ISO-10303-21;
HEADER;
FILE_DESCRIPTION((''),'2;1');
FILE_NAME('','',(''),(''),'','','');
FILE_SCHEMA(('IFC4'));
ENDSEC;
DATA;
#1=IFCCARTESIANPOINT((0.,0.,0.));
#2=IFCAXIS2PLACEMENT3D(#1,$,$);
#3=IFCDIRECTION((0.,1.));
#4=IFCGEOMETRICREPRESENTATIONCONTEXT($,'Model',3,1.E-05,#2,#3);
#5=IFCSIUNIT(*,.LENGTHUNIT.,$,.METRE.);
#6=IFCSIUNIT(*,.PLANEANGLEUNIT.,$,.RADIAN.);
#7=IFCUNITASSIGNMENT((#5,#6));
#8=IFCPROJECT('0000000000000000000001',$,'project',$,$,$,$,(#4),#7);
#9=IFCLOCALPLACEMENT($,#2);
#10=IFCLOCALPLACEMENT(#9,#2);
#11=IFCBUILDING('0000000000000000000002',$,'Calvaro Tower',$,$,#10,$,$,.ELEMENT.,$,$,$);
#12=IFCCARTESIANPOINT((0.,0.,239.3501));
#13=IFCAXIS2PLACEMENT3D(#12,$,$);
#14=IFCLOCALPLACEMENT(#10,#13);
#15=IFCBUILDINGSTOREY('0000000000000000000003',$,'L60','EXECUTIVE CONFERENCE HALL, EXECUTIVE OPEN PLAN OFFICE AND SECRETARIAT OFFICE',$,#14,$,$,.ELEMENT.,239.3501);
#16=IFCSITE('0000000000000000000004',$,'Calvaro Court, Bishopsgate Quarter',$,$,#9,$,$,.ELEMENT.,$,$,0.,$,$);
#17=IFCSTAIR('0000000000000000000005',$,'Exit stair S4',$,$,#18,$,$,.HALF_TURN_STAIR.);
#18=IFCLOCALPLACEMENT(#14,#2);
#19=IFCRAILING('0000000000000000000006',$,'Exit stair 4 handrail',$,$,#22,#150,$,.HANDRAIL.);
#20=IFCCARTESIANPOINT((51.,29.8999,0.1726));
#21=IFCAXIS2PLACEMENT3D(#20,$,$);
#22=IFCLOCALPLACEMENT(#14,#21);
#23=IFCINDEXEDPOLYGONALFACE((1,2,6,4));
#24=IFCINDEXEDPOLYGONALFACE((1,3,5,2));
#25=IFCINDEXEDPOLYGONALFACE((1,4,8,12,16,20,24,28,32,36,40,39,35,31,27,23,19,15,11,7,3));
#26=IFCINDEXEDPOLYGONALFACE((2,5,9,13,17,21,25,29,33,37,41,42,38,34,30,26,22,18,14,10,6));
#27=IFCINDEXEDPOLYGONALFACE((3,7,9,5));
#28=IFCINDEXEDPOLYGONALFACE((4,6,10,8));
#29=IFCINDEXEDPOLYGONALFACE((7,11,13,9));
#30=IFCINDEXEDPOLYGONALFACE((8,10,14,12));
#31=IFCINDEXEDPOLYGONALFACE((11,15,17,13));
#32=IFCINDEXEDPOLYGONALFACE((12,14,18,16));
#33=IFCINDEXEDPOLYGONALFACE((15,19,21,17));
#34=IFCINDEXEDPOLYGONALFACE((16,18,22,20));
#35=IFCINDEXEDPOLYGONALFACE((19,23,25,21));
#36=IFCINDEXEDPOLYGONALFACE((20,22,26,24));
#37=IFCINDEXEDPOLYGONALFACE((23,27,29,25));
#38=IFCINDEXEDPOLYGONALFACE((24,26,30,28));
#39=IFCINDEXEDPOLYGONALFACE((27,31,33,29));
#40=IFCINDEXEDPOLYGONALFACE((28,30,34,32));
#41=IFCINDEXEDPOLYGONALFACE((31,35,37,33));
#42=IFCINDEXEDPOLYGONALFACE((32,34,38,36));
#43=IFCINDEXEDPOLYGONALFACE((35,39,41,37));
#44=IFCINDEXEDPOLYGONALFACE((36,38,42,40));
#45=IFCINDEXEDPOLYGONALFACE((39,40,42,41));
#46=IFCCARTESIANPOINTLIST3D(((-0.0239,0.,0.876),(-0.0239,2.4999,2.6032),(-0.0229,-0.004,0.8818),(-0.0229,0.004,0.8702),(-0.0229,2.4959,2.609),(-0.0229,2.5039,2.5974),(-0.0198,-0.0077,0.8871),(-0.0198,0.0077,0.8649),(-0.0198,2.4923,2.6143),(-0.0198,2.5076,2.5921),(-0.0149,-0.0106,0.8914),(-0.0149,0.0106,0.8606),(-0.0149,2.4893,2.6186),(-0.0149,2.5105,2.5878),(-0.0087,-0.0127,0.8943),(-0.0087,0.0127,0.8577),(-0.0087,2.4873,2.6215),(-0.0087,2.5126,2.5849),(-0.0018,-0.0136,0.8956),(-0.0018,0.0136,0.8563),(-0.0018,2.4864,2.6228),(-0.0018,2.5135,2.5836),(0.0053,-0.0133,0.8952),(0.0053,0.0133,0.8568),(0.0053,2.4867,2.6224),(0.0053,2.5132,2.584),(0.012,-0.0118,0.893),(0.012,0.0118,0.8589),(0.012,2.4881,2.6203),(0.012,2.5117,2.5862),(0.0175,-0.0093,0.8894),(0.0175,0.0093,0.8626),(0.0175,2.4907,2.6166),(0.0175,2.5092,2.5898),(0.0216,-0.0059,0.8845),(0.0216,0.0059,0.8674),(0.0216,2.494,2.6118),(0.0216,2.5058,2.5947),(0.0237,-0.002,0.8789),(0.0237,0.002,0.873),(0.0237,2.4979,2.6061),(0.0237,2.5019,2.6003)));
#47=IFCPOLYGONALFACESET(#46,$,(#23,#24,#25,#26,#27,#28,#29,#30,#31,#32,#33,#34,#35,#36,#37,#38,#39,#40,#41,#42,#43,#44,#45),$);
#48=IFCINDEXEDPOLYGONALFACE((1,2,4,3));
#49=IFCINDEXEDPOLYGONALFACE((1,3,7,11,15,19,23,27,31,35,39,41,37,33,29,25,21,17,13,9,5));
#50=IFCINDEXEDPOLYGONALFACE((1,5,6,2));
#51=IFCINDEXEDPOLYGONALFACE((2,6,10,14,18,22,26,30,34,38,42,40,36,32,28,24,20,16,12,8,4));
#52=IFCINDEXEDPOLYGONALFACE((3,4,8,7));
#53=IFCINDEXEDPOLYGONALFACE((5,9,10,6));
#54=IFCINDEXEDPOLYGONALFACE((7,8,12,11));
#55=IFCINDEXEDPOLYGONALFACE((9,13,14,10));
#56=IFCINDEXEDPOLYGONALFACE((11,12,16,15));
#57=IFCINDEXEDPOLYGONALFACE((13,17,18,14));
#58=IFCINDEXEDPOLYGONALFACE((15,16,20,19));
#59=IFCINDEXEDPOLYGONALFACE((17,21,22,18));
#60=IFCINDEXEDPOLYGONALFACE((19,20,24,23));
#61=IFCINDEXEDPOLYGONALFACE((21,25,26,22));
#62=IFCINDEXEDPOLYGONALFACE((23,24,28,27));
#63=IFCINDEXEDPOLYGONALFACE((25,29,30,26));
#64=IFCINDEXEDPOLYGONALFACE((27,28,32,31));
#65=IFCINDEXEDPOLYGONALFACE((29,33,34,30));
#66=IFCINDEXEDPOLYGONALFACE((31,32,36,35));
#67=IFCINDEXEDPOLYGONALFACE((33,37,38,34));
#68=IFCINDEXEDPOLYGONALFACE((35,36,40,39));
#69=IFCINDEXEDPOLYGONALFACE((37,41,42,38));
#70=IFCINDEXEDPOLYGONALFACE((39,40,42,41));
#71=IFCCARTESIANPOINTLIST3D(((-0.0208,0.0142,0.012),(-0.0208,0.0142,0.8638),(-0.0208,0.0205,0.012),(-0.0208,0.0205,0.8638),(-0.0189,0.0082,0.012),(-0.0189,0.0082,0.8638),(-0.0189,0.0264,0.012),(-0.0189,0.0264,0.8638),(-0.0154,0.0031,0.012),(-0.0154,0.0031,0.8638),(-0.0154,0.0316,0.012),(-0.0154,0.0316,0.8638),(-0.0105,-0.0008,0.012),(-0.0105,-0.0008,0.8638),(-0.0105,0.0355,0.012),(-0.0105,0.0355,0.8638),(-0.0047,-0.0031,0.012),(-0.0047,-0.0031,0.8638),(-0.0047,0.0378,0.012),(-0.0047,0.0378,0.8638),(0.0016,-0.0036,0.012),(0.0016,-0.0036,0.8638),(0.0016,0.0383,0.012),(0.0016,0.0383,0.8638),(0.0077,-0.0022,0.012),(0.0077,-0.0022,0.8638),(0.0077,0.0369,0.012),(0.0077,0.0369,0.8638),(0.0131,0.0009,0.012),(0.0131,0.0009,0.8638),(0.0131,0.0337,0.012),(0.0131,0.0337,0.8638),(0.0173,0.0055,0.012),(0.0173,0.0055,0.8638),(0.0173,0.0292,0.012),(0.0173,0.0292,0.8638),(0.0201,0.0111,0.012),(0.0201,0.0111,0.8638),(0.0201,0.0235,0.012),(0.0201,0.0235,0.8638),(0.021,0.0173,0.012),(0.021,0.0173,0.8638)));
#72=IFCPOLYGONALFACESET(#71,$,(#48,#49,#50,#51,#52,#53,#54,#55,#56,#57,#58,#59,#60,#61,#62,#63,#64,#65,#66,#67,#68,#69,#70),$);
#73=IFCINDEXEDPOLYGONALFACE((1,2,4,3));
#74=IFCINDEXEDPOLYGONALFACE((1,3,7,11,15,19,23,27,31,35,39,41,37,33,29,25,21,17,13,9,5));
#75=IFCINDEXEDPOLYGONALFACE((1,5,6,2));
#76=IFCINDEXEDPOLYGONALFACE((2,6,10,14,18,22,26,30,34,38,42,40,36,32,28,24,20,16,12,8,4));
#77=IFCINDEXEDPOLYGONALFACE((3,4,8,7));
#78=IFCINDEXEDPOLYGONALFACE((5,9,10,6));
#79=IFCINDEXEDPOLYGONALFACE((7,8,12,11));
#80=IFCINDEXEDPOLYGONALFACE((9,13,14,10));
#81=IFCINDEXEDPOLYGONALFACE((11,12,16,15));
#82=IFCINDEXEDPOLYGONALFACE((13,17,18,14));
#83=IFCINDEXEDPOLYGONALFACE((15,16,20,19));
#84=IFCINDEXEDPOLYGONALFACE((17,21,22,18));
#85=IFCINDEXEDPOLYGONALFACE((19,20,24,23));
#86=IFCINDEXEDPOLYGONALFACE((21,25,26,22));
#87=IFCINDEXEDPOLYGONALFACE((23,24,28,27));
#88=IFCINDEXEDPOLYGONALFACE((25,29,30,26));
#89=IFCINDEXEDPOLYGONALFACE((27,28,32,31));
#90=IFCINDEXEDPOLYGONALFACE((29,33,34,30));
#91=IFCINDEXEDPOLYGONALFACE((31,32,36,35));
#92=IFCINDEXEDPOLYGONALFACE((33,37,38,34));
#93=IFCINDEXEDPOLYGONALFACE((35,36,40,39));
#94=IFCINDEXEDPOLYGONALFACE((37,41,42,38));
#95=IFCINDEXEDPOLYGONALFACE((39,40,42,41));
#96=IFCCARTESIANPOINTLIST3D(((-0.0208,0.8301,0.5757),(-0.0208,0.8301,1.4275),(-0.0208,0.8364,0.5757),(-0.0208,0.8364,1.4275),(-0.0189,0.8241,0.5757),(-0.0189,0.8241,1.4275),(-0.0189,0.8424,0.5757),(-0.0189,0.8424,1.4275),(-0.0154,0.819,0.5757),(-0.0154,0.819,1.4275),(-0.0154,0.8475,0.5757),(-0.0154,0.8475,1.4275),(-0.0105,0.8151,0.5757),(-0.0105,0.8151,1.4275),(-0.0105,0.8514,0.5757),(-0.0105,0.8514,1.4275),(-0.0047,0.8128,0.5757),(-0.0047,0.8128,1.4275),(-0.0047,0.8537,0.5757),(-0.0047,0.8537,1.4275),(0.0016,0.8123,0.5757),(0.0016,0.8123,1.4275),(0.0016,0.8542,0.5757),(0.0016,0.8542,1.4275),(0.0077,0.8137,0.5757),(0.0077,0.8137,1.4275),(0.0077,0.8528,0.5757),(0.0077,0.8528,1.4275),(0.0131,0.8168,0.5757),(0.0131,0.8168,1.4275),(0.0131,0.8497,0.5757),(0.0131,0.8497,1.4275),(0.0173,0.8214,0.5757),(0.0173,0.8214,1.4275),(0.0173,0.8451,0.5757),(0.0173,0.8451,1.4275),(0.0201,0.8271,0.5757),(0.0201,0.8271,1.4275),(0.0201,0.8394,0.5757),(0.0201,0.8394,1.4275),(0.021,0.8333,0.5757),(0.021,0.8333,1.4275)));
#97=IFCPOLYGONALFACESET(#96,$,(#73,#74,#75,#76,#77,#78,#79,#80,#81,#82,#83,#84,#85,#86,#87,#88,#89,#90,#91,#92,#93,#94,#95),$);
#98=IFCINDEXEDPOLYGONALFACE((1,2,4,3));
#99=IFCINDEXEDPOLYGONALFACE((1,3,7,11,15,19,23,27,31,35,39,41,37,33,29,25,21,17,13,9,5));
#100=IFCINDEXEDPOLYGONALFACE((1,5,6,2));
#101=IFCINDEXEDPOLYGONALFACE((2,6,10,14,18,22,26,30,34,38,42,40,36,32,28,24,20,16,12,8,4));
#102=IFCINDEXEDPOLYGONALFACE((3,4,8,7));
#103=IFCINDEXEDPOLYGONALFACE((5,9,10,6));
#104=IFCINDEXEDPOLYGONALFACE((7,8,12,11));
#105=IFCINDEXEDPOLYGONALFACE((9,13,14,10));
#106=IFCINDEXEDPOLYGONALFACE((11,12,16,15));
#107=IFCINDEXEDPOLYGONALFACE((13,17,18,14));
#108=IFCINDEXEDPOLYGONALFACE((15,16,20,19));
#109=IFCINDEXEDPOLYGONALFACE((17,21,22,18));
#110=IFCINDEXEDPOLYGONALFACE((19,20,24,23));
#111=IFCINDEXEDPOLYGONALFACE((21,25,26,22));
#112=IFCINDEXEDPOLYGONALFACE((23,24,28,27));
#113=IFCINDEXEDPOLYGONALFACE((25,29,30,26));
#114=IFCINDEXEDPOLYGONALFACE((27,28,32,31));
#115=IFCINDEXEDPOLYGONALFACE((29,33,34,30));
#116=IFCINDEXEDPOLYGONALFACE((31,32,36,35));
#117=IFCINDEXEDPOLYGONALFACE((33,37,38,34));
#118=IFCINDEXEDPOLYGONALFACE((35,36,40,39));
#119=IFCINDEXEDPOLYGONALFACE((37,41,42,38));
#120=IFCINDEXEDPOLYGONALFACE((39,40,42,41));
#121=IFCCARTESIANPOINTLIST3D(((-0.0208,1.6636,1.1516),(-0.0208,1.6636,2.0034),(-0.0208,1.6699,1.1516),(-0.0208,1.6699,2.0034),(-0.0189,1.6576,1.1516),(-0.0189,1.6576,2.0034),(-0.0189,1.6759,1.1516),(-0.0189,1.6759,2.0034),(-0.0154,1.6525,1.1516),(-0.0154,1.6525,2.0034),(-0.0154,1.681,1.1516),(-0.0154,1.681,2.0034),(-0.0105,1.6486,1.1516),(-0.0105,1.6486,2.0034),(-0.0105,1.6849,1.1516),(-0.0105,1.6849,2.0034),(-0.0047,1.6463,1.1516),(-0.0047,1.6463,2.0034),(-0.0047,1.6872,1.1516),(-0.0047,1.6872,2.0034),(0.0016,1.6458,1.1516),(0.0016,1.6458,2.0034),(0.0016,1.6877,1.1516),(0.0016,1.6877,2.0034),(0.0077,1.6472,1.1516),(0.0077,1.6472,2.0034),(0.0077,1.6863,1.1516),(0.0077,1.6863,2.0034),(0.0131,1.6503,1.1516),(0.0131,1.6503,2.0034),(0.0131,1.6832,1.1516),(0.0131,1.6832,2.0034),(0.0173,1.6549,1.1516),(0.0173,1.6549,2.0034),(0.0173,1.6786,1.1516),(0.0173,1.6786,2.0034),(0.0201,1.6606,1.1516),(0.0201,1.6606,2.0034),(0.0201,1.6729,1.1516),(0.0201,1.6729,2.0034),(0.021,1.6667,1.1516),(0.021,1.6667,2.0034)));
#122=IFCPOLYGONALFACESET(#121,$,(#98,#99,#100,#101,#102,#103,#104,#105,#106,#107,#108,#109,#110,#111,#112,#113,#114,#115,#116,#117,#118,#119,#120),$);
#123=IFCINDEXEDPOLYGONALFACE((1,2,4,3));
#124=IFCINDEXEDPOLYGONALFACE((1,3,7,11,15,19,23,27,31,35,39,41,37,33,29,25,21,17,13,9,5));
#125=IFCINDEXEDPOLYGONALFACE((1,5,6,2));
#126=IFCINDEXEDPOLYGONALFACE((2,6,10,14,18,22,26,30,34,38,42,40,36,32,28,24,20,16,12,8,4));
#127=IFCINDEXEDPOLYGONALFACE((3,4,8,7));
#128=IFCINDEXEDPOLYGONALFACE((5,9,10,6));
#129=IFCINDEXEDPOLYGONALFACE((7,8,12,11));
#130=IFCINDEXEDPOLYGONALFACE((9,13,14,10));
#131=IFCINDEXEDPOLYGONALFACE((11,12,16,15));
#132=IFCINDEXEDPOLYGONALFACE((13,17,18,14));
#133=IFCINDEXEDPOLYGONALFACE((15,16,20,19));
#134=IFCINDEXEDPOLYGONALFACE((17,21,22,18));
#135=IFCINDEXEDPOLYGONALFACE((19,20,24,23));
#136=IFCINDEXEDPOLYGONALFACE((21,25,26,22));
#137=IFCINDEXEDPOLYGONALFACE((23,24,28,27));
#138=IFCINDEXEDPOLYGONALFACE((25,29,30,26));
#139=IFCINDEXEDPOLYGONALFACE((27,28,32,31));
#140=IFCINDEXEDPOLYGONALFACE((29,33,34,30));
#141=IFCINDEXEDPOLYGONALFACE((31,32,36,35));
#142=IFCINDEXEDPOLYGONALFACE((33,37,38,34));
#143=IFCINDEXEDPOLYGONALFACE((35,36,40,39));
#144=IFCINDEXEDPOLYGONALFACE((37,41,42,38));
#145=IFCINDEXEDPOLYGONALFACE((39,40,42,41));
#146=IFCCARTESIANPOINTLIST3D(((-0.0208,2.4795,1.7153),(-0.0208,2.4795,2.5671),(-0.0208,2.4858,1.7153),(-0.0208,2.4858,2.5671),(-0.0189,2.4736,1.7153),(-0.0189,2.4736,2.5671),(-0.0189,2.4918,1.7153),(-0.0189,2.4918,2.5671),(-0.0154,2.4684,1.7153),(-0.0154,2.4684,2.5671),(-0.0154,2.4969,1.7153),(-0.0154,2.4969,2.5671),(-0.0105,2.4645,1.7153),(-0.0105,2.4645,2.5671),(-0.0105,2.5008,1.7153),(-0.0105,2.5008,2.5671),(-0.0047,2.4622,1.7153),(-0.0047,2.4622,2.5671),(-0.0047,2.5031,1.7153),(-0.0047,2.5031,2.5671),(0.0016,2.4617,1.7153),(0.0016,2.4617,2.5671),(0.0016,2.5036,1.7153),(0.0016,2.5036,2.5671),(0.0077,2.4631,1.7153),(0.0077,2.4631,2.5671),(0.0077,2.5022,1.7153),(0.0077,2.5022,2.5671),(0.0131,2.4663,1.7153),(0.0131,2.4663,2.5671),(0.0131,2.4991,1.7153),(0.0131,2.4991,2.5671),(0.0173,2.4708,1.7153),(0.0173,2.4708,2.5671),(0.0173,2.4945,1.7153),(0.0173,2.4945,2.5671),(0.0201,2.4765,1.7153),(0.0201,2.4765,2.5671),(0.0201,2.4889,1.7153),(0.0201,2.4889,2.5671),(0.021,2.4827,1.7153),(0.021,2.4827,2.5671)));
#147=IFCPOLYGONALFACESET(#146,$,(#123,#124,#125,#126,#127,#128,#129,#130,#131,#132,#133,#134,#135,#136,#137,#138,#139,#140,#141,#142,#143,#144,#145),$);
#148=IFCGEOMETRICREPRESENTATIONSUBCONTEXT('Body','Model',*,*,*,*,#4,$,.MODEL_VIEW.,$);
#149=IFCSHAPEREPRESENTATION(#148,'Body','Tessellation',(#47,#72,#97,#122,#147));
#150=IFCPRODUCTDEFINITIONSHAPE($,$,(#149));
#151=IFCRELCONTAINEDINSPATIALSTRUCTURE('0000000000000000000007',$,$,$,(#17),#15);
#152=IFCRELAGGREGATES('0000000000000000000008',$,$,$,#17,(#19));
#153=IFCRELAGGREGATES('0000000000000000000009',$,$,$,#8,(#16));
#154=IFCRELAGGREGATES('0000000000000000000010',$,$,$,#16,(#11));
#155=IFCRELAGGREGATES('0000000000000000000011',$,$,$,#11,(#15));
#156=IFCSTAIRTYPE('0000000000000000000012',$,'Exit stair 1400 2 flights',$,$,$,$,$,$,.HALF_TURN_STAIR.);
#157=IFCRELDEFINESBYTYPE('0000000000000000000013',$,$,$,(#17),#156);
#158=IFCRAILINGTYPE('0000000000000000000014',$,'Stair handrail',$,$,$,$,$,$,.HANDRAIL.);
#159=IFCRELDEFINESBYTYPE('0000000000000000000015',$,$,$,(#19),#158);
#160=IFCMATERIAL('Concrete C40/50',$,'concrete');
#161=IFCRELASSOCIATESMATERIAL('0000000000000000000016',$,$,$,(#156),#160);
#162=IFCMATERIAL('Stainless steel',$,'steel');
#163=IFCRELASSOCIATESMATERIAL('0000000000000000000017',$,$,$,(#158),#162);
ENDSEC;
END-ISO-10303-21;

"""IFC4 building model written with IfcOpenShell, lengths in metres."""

from ifc_helpers import new_model, si_unit, direction, frame, origin, origin_2d, place, context, subcontext, project, spatial, circle, extrude, material, type_object, element, aggregate, save


model = new_model("IFC4")

# Units and contexts
model_context = context("Model", 3, precision=1e-05, world=origin(), true_north=direction((0.0, 1.0)))
body_context = subcontext(model_context, "Body", "Model", "MODEL_VIEW")
ifc_project = project(units=[si_unit("LENGTHUNIT", "METRE"), si_unit("PLANEANGLEUNIT", "RADIAN")], contexts=[model_context])

# Site, building, storey
site_placement = place(None, origin())
site = spatial("IfcSite", under=ifc_project, at=site_placement, Name="Calvaro Court, Bishopsgate Quarter", CompositionType="ELEMENT", RefElevation=0.0)
building_placement = place(site_placement, origin())
building = spatial("IfcBuilding", under=site, at=building_placement, Name="Calvaro Tower", CompositionType="ELEMENT")
storey_placement = place(building_placement, frame((0.0, 0.0, 239.3501)))
storey = spatial("IfcBuildingStorey", under=building, at=storey_placement, Name="L60", Description="EXECUTIVE CONFERENCE HALL, EXECUTIVE OPEN PLAN OFFICE AND SECRETARIAT OFFICE", CompositionType="ELEMENT", Elevation=239.3501)

# Shared definitions
ifc_material_1 = material(Name="Concrete C40/50", Category="concrete")
stair_type = type_object("IfcStairType", Name="Exit stair 1400 2 flights", PredefinedType="HALF_TURN_STAIR", material=ifc_material_1)

# Stair
stair_1_placement = place(storey_placement, origin())
stair_1 = element("IfcStair", 1, at=stair_1_placement, inside=storey, type_object=stair_type, Name="Exit stair S4", PredefinedType="HALF_TURN_STAIR")

# Railing
ifc_material_2 = material(Name="Stainless steel", Category="steel")
railing_type = type_object("IfcRailingType", Name="Stair handrail", PredefinedType="HANDRAIL", material=ifc_material_2)
railing_1_placement = place(storey_placement, frame((51.0, 29.8999, 0.1726)))
railing_1 = element("IfcRailing", 2, at=railing_1_placement, type_object=railing_type, Name="Exit stair 4 handrail", PredefinedType="HANDRAIL", context=body_context, shape_type="SweptSolid", body=[
    extrude(circle(Radius=0.0239, at=origin_2d()), frame((0.0, 0.0, 0.876), z_axis=(0.0, 0.822727, 0.568437), x_axis=(-1.0, 0.0, 0.0)), (0.0, 0.0, 1.0), 3.0386),
    extrude(circle(Radius=0.021, at=origin_2d()), frame((0.0, 0.0173, 0.012)), (0.0, 0.0, 1.0), 0.8518),
    extrude(circle(Radius=0.021, at=origin_2d()), frame((0.0, 0.8333, 0.5757)), (0.0, 0.0, 1.0), 0.8518),
    extrude(circle(Radius=0.021, at=origin_2d()), frame((0.0, 1.6667, 1.1516)), (0.0, 0.0, 1.0), 0.8518),
    extrude(circle(Radius=0.021, at=origin_2d()), frame((0.0, 2.4827, 1.7153)), (0.0, 0.0, 1.0), 0.8518),
])
aggregate(stair_1, [railing_1])

save(model, "model.ifc")
